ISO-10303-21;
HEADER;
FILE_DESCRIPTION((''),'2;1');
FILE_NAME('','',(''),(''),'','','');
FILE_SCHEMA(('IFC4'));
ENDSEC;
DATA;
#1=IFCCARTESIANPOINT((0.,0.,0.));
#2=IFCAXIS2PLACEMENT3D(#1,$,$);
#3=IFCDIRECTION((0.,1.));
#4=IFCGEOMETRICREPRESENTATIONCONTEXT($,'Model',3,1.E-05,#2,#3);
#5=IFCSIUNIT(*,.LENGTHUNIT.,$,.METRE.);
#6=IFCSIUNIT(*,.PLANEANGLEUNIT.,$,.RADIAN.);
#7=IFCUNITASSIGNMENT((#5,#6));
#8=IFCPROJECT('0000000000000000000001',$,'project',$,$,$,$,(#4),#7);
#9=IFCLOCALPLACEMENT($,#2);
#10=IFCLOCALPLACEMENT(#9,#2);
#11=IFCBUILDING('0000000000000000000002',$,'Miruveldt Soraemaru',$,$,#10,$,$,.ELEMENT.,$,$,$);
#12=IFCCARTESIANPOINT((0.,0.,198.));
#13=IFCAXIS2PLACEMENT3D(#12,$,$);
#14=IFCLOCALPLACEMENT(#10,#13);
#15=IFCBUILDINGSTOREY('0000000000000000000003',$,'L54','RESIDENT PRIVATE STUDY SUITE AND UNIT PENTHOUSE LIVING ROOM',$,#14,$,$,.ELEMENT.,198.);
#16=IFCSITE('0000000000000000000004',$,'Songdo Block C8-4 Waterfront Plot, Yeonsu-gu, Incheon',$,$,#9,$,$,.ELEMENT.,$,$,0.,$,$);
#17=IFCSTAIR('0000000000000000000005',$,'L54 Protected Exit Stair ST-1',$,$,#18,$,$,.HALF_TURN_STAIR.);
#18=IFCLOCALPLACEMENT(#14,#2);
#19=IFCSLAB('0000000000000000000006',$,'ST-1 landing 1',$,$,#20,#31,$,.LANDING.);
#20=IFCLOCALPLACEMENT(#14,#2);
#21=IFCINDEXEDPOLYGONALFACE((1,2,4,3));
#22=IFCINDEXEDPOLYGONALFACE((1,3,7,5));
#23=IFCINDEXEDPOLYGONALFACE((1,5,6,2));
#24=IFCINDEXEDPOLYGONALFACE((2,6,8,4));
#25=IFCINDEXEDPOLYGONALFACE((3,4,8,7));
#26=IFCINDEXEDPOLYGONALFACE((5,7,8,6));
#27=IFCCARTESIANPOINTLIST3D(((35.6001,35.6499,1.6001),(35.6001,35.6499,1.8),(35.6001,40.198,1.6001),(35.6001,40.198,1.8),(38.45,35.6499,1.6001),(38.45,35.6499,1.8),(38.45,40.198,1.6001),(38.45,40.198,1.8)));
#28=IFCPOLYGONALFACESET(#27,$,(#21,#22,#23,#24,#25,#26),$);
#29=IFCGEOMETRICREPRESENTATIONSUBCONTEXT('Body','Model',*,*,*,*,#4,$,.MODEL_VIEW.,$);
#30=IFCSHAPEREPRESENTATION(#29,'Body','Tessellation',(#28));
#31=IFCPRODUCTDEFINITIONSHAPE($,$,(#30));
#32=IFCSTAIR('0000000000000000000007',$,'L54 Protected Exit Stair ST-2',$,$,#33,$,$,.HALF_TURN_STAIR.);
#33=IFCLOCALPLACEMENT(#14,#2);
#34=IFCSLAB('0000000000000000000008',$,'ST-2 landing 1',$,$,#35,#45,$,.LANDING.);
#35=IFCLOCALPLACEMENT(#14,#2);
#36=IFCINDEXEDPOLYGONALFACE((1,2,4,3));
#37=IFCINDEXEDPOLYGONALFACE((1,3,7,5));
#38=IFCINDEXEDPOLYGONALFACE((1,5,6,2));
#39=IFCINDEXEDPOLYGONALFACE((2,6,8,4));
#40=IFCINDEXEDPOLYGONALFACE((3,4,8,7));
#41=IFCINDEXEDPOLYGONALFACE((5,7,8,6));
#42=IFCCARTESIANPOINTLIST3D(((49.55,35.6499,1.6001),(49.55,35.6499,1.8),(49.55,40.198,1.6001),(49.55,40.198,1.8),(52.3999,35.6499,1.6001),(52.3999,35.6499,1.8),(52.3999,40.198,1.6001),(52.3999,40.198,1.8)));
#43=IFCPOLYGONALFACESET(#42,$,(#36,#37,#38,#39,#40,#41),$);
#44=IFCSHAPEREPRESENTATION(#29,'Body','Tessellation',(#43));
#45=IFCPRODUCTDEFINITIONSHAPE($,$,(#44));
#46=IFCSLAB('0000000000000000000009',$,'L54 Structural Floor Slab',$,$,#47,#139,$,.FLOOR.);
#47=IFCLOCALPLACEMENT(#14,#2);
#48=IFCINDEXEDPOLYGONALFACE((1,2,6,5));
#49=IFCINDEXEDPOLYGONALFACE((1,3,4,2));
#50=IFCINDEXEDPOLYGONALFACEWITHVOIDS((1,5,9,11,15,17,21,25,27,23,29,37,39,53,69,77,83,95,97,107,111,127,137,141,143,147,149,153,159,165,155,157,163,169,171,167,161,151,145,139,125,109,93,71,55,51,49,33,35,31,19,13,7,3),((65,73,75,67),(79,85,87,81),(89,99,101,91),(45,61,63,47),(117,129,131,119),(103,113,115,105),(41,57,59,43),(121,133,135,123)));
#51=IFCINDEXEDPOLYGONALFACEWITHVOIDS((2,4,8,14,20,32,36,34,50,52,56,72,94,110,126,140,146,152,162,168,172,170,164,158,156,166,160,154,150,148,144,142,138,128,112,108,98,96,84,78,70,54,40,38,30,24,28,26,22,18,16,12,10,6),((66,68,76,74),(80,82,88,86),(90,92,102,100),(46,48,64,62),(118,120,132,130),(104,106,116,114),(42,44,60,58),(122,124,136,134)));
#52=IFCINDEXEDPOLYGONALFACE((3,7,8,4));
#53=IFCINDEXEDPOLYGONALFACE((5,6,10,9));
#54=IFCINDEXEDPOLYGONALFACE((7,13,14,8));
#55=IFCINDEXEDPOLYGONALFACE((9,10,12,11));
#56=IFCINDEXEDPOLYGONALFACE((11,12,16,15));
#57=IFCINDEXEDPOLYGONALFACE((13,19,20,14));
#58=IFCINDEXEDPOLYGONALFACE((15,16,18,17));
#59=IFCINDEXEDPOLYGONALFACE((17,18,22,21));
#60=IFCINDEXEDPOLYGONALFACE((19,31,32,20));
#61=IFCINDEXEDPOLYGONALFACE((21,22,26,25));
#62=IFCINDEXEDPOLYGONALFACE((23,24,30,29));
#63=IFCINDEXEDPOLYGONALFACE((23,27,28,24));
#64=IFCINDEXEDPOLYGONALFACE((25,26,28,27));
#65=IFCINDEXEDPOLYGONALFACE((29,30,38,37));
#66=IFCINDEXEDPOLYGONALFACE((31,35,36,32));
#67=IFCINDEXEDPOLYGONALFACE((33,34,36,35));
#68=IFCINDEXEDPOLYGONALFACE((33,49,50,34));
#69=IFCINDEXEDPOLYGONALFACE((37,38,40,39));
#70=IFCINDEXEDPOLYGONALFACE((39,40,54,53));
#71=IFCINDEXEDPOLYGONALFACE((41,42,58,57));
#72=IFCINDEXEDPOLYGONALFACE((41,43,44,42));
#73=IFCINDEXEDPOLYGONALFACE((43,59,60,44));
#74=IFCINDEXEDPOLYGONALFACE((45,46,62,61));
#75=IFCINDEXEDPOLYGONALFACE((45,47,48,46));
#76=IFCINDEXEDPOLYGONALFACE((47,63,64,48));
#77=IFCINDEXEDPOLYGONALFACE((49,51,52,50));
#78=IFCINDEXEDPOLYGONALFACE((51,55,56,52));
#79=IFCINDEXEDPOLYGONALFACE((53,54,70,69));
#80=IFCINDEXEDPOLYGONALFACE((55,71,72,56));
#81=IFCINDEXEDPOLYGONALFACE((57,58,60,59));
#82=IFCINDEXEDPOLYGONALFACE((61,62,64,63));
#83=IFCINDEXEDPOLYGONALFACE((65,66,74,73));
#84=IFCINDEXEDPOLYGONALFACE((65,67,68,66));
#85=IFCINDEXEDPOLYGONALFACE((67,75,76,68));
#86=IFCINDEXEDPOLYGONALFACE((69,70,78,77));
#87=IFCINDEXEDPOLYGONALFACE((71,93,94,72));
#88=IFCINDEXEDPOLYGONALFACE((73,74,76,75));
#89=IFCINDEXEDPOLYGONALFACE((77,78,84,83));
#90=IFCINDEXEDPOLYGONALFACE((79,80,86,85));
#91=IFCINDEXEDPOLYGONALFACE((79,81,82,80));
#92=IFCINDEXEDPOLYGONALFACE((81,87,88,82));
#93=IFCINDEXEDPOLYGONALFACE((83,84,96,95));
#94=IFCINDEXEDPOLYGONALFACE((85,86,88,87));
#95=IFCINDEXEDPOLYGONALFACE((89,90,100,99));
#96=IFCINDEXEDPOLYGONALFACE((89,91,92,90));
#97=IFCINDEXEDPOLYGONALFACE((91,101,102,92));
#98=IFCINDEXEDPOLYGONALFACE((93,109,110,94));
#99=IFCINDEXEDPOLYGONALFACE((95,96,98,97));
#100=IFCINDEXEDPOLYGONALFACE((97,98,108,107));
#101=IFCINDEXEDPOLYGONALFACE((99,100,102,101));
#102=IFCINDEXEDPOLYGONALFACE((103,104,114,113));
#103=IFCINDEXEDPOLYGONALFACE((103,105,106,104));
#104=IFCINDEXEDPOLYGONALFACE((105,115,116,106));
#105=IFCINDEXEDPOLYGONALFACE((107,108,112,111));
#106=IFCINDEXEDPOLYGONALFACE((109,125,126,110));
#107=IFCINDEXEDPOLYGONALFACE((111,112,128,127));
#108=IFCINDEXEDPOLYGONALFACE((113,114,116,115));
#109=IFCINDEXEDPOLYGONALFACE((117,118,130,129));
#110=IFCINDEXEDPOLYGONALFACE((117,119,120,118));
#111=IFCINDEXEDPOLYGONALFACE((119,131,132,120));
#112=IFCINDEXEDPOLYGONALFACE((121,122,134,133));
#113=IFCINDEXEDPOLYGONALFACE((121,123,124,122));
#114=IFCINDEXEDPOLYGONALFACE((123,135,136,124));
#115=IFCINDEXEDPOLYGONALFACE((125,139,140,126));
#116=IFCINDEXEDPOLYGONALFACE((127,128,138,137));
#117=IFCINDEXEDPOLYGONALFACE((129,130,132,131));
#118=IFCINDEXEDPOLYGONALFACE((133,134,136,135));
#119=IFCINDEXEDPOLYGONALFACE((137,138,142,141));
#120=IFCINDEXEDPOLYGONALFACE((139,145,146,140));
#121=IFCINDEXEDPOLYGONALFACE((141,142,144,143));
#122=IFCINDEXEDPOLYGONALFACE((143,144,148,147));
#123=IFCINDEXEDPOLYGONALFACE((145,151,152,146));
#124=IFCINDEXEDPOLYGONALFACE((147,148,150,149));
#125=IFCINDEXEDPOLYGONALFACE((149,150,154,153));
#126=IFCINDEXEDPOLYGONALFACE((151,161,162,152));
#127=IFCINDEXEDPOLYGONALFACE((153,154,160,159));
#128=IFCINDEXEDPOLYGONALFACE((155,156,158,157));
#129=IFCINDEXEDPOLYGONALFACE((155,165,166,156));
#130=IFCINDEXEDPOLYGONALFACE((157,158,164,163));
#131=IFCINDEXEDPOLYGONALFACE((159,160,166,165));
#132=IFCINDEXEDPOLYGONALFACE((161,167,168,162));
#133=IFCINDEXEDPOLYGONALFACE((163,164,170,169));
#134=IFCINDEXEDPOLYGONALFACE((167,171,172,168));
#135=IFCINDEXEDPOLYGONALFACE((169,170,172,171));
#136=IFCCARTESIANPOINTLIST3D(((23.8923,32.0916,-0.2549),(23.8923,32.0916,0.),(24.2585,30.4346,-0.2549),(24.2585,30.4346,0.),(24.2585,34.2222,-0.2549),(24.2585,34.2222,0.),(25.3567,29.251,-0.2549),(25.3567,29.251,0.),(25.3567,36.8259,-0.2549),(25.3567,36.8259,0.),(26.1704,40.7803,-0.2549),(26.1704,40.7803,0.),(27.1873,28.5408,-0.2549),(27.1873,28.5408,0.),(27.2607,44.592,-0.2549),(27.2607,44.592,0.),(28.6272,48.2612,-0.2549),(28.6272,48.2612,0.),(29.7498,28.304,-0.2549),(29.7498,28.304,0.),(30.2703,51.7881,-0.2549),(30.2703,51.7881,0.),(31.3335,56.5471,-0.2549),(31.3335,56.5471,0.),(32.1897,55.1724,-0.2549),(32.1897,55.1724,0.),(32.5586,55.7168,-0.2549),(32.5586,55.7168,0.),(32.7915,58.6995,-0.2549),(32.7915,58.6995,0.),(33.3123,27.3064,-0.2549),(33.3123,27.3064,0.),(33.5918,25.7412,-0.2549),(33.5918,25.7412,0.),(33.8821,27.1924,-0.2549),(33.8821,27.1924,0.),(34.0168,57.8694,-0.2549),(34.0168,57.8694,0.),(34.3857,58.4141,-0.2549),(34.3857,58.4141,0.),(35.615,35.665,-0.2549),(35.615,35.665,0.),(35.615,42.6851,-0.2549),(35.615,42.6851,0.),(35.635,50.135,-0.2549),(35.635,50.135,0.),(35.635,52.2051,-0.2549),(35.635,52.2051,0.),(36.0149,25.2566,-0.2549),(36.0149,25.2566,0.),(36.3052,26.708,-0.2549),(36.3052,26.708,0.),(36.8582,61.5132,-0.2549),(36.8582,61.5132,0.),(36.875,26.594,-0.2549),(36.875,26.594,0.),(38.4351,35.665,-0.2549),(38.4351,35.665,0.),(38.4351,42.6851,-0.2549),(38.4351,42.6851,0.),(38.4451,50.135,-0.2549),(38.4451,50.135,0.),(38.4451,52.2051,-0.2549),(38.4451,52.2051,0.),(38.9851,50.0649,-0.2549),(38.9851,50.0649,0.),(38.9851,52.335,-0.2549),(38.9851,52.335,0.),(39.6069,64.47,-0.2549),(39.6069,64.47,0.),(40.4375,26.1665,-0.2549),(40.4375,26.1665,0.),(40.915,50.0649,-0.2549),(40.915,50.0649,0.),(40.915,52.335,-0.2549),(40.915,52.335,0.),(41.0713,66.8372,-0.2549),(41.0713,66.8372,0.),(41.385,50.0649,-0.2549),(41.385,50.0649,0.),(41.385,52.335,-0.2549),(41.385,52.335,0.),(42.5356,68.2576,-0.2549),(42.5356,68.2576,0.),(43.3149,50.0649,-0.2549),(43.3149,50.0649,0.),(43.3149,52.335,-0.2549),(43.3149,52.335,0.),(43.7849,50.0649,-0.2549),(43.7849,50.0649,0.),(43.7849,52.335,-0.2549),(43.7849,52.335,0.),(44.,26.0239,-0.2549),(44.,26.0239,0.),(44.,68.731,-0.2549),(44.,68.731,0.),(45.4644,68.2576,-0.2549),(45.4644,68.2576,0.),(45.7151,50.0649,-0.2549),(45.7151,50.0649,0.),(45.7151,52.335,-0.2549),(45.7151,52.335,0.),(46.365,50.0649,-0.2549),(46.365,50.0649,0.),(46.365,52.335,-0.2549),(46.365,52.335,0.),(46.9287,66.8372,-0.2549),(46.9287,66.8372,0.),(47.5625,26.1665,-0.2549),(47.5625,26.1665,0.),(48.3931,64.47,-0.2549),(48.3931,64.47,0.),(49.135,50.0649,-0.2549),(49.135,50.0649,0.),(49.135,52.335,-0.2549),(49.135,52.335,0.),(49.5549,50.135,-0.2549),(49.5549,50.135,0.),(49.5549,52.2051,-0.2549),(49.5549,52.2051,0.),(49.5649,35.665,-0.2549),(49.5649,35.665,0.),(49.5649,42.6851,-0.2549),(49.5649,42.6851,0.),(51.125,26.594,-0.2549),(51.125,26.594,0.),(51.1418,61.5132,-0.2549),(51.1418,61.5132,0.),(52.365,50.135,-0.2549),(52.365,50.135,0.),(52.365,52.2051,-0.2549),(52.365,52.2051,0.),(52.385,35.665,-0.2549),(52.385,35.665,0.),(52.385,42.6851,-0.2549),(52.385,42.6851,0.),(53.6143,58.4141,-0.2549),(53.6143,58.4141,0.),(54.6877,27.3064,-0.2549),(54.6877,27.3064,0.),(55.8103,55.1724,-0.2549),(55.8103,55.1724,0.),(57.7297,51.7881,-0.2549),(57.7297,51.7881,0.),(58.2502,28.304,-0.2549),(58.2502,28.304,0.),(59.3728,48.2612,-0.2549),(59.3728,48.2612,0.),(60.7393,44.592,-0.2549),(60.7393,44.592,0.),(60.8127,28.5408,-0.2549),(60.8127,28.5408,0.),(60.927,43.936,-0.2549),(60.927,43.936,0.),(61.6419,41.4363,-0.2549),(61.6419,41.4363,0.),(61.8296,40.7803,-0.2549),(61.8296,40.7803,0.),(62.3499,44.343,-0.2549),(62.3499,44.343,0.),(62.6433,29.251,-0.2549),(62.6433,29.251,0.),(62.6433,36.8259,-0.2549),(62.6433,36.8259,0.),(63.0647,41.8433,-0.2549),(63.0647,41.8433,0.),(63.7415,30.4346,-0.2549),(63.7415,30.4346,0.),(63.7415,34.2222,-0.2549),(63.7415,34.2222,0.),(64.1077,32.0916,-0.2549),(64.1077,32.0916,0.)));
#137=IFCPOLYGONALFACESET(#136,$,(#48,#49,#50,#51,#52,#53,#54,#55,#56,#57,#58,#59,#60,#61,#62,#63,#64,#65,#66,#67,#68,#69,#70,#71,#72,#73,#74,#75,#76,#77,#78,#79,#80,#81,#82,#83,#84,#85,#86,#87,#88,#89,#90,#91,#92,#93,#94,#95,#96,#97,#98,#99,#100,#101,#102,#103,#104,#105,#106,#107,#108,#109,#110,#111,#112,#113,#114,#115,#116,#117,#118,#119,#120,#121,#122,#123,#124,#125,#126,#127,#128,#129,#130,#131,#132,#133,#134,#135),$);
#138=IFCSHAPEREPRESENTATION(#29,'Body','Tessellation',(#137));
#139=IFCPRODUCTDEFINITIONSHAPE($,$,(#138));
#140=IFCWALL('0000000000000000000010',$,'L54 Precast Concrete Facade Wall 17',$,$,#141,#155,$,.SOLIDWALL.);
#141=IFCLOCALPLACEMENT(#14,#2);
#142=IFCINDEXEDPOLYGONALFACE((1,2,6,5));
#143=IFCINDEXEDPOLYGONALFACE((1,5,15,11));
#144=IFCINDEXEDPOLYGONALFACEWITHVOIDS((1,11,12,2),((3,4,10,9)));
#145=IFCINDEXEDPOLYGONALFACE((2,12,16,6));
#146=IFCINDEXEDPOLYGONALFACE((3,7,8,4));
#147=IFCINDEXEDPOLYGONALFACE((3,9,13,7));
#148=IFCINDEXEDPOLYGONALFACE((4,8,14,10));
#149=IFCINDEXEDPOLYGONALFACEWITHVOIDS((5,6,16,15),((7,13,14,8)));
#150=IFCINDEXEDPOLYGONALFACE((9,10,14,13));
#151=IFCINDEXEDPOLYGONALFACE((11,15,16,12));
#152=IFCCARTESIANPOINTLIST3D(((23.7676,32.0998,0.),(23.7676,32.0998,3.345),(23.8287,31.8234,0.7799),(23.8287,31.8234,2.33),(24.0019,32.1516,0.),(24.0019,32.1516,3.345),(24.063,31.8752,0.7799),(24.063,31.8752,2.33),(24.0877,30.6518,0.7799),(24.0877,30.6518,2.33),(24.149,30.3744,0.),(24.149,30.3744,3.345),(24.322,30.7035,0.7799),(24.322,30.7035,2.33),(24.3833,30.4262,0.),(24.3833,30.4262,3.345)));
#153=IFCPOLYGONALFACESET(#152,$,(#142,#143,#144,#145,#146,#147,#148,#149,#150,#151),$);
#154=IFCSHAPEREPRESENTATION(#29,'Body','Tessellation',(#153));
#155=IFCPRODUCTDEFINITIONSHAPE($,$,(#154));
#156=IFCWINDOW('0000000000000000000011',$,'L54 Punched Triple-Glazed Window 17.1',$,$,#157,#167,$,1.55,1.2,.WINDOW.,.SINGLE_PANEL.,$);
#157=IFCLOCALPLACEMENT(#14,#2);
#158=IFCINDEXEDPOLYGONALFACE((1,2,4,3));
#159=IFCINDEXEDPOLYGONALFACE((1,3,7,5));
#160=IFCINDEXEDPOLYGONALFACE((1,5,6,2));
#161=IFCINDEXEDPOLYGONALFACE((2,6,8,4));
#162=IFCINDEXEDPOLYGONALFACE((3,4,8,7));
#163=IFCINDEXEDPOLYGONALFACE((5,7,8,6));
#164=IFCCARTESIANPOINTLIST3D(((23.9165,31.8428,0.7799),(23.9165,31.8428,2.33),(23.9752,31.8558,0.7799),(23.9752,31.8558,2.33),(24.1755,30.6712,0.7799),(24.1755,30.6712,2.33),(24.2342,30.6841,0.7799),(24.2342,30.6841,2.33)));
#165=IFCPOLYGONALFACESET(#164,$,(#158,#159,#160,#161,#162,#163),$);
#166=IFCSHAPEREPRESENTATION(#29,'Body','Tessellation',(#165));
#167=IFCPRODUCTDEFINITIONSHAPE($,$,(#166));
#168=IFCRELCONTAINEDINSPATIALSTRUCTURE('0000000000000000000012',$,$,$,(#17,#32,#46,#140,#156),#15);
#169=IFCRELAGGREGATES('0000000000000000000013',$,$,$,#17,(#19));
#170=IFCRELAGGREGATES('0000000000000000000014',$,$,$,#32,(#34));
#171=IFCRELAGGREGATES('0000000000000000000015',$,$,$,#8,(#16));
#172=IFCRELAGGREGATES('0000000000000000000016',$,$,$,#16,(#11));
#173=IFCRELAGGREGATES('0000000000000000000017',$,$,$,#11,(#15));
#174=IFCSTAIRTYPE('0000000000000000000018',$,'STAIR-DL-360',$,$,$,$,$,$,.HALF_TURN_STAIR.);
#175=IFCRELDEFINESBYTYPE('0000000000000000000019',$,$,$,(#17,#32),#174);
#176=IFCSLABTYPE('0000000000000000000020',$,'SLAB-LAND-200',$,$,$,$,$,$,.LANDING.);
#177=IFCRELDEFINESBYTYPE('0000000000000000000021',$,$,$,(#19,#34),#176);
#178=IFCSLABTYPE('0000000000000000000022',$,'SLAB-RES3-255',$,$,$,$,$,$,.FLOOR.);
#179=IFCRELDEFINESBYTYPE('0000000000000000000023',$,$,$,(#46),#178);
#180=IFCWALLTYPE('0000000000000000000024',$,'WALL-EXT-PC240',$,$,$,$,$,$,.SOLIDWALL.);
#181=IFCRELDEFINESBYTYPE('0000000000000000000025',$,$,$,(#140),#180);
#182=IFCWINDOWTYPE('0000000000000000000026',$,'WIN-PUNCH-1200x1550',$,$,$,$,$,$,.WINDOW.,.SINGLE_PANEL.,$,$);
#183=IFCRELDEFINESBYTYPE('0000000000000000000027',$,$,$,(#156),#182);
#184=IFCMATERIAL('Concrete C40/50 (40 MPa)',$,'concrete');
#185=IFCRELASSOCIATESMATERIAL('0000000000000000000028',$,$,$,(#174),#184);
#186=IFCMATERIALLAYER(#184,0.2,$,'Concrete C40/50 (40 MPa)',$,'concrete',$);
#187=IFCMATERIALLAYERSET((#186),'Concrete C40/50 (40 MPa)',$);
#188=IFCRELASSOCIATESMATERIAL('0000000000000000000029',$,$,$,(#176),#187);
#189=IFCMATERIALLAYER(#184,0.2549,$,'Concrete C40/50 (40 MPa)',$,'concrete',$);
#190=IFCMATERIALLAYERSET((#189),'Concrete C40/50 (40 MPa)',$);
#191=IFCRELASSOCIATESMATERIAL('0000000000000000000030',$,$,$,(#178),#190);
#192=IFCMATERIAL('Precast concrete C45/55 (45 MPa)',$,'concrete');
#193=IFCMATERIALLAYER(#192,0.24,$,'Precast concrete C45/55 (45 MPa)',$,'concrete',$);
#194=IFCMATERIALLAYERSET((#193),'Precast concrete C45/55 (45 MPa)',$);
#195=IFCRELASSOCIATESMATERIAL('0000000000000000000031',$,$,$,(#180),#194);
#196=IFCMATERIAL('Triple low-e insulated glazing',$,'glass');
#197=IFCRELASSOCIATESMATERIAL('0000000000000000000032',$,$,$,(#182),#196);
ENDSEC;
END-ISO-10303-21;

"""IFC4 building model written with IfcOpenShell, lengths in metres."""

from ifc_helpers import new_model, si_unit, direction, frame, frame_2d, origin, place, context, subcontext, project, spatial, polyline, rectangle, outline, extrude, material, layer, layer_set, type_object, element, fill, aggregate, save


model = new_model("IFC4")

# Units and contexts
model_context = context("Model", 3, precision=1e-05, world=origin(), true_north=direction((0.0, 1.0)))
body_context = subcontext(model_context, "Body", "Model", "MODEL_VIEW")
ifc_project = project(units=[si_unit("LENGTHUNIT", "METRE"), si_unit("PLANEANGLEUNIT", "RADIAN")], contexts=[model_context])

# Site, building, storey
site_placement = place(None, origin())
site = spatial("IfcSite", under=ifc_project, at=site_placement, Name="Songdo Block C8-4 Waterfront Plot, Yeonsu-gu, Incheon", CompositionType="ELEMENT", RefElevation=0.0)
building_placement = place(site_placement, origin())
building = spatial("IfcBuilding", under=site, at=building_placement, Name="Miruveldt Soraemaru", CompositionType="ELEMENT")
storey_placement = place(building_placement, frame((0.0, 0.0, 198.0)))
storey = spatial("IfcBuildingStorey", under=building, at=storey_placement, Name="L54", Description="RESIDENT PRIVATE STUDY SUITE AND UNIT PENTHOUSE LIVING ROOM", CompositionType="ELEMENT", Elevation=198.0)

# Stairs, slabs
ifc_material_1 = material(Name="Concrete C40/50 (40 MPa)", Category="concrete")
stair_type = type_object("IfcStairType", Name="STAIR-DL-360", PredefinedType="HALF_TURN_STAIR", material=ifc_material_1)
stair_1_placement = place(storey_placement, origin())
stair_1 = element("IfcStair", 1, at=stair_1_placement, inside=storey, type_object=stair_type, Name="L54 Protected Exit Stair ST-1", PredefinedType="HALF_TURN_STAIR")
ifc_layer_1 = layer(ifc_material_1, 0.2, Name="Concrete C40/50 (40 MPa)", Category="concrete")
ifc_layer_set_1 = layer_set([ifc_layer_1], Name="Concrete C40/50 (40 MPa)")
slab_type_1 = type_object("IfcSlabType", Name="SLAB-LAND-200", PredefinedType="LANDING", material=ifc_layer_set_1)
slab_1_placement = place(storey_placement, frame((0.0, 0.0, 1.6001)))
slab_1 = element("IfcSlab", 2, at=slab_1_placement, type_object=slab_type_1, Name="ST-1 landing 1", PredefinedType="LANDING", context=body_context, shape_type="SweptSolid", body=[
    extrude(outline(polyline([(35.6001, 40.198), (35.6001, 35.6499), (38.45, 35.6499), (38.45, 40.198), (35.6001, 40.198)])), origin(), (0.0, 0.0, 1.0), 0.2),
])
aggregate(stair_1, [slab_1])
stair_2_placement = place(storey_placement, origin())
stair_2 = element("IfcStair", 3, at=stair_2_placement, inside=storey, type_object=stair_type, Name="L54 Protected Exit Stair ST-2", PredefinedType="HALF_TURN_STAIR")
slab_2_placement = place(storey_placement, frame((0.0, 0.0, 1.6001)))
slab_2 = element("IfcSlab", 4, at=slab_2_placement, type_object=slab_type_1, Name="ST-2 landing 1", PredefinedType="LANDING", context=body_context, shape_type="SweptSolid", body=[
    extrude(outline(polyline([(49.55, 40.198), (49.55, 35.6499), (52.3999, 35.6499), (52.3999, 40.198), (49.55, 40.198)])), origin(), (0.0, 0.0, 1.0), 0.2),
])
aggregate(stair_2, [slab_2])

# Slab
ifc_layer_2 = layer(ifc_material_1, 0.2549, Name="Concrete C40/50 (40 MPa)", Category="concrete")
ifc_layer_set_2 = layer_set([ifc_layer_2], Name="Concrete C40/50 (40 MPa)")
slab_type_2 = type_object("IfcSlabType", Name="SLAB-RES3-255", PredefinedType="FLOOR", material=ifc_layer_set_2)
slab_3_placement = place(storey_placement, frame((0.0, 0.0, -0.2549)))
element("IfcSlab", 5, at=slab_3_placement, inside=storey, type_object=slab_type_2, Name="L54 Structural Floor Slab", PredefinedType="FLOOR", context=body_context, shape_type="SweptSolid", body=[
    extrude(outline(polyline([(33.5918, 25.7412), (33.8821, 27.1924), (35.0935, 26.9502), (33.3123, 27.3064), (29.7498, 28.304), (27.1873, 28.5408), (25.3567, 29.251), (24.2585, 30.4346), (23.8923, 32.0916), (24.2585, 34.2222), (25.3567, 36.8259), (26.1704, 40.7803), (27.2607, 44.592), (28.6272, 48.2612), (30.2703, 51.7881), (32.1897, 55.1724), (33.2878, 56.7932), (32.5586, 55.7168), (31.3335, 56.5471), (32.7915, 58.6995), (34.0168, 57.8694), (34.3857, 58.4141), (36.8582, 61.5132), (39.6069, 64.47), (41.0713, 66.8372), (42.5356, 68.2576), (44.0, 68.731), (45.4644, 68.2576), (46.9287, 66.8372), (48.3931, 64.47), (51.1418, 61.5132), (53.6143, 58.4141), (55.8103, 55.1724), (57.7297, 51.7881), (59.3728, 48.2612), (60.7393, 44.592), (60.927, 43.936), (62.3499, 44.343), (63.0647, 41.8433), (61.6418, 41.4363), (61.2844, 42.6863), (61.8296, 40.7803), (62.6433, 36.8259), (63.7415, 34.2222), (64.1077, 32.0916), (63.7415, 30.4346), (62.6433, 29.251), (60.8127, 28.5408), (58.2502, 28.304), (54.6877, 27.3064), (51.125, 26.594), (47.5625, 26.1665), (44.0, 26.0239), (40.4375, 26.1665), (36.875, 26.594), (36.3052, 26.708), (36.0149, 25.2566), (33.5918, 25.7412)]), holes=[polyline([(35.615, 35.665), (38.4351, 35.665), (38.4351, 42.6851), (35.615, 42.6851), (35.615, 35.665)]), polyline([(49.5649, 35.665), (52.385, 35.665), (52.385, 42.6851), (49.5649, 42.6851), (49.5649, 35.665)]), polyline([(38.4451, 50.135), (38.4451, 52.2051), (35.635, 52.2051), (35.635, 50.135), (38.4451, 50.135)]), polyline([(52.365, 50.135), (52.365, 52.2051), (49.5549, 52.2051), (49.5549, 50.135), (52.365, 50.135)]), polyline([(40.915, 50.0649), (40.915, 52.335), (38.9851, 52.335), (38.9851, 50.0649), (40.915, 50.0649)]), polyline([(43.3149, 50.0649), (43.3149, 52.335), (41.385, 52.335), (41.385, 50.0649), (43.3149, 50.0649)]), polyline([(45.7151, 50.0649), (45.7151, 52.335), (43.7849, 52.335), (43.7849, 50.0649), (45.7151, 50.0649)]), polyline([(49.135, 50.0649), (49.135, 52.335), (46.365, 52.335), (46.365, 50.0649), (49.135, 50.0649)])]), origin(), (0.0, 0.0, 1.0), 0.2549),
])

# Wall, opening, window
ifc_material_2 = material(Name="Precast concrete C45/55 (45 MPa)", Category="concrete")
ifc_layer_3 = layer(ifc_material_2, 0.24, Name="Precast concrete C45/55 (45 MPa)", Category="concrete")
ifc_layer_set_3 = layer_set([ifc_layer_3], Name="Precast concrete C45/55 (45 MPa)")
wall_type_1 = type_object("IfcWallType", Name="WALL-EXT-PC240", PredefinedType="SOLIDWALL", material=ifc_layer_set_3)
wall_1_placement = place(storey_placement, frame((23.8848, 32.1257, 0.0), z_axis=(0.0, 0.0, 1.0), x_axis=(0.215818, -0.976434, 0.0)))
wall_1 = element("IfcWall", 6, at=wall_1_placement, inside=storey, type_object=wall_type_1, Name="L54 Precast Concrete Facade Wall 17", PredefinedType="SOLIDWALL", context=body_context, shape_type="SweptSolid", body=[
    extrude(rectangle(XDim=1.7671, YDim=0.24, at=frame_2d((0.8835, 0.0))), origin(), (0.0, 0.0, 1.0), 3.345),
])
opening_1_placement = place(wall_1_placement, frame((0.283, 0.0, 0.78)))
opening_1 = element("IfcOpeningElement", 7, at=opening_1_placement, cuts=wall_1, PredefinedType="OPENING", context=body_context, shape_type="SweptSolid", body=[
    extrude(rectangle(XDim=1.2, YDim=1.55, at=frame_2d((0.6001, 0.7749))), frame((0.0, 0.1299, 0.0), z_axis=(0.0, -1.0, 0.0), x_axis=(1.0, 0.0, 0.0)), (0.0, 0.0, 1.0), 0.26),
])
ifc_material_3 = material(Name="Triple low-e insulated glazing", Category="glass")
window_type_1 = type_object("IfcWindowType", Name="WIN-PUNCH-1200x1550", PartitioningType="SINGLE_PANEL", PredefinedType="WINDOW", material=ifc_material_3)
window_1_placement = place(opening_1_placement, origin())
window_1 = element("IfcWindow", 8, at=window_1_placement, inside=storey, type_object=window_type_1, Name="L54 Punched Triple-Glazed Window 17.1", OverallHeight=1.55, OverallWidth=1.2, PartitioningType="SINGLE_PANEL", PredefinedType="WINDOW", context=body_context, shape_type="SweptSolid", body=[
    extrude(rectangle(XDim=1.2, YDim=1.55, at=frame_2d((0.6001, 0.7749))), frame((0.0, 0.03, 0.0), z_axis=(0.0, -1.0, 0.0), x_axis=(1.0, 0.0, 0.0)), (0.0, 0.0, 1.0), 0.0601),
])
fill(opening_1, window_1)

save(model, "model.ifc")
